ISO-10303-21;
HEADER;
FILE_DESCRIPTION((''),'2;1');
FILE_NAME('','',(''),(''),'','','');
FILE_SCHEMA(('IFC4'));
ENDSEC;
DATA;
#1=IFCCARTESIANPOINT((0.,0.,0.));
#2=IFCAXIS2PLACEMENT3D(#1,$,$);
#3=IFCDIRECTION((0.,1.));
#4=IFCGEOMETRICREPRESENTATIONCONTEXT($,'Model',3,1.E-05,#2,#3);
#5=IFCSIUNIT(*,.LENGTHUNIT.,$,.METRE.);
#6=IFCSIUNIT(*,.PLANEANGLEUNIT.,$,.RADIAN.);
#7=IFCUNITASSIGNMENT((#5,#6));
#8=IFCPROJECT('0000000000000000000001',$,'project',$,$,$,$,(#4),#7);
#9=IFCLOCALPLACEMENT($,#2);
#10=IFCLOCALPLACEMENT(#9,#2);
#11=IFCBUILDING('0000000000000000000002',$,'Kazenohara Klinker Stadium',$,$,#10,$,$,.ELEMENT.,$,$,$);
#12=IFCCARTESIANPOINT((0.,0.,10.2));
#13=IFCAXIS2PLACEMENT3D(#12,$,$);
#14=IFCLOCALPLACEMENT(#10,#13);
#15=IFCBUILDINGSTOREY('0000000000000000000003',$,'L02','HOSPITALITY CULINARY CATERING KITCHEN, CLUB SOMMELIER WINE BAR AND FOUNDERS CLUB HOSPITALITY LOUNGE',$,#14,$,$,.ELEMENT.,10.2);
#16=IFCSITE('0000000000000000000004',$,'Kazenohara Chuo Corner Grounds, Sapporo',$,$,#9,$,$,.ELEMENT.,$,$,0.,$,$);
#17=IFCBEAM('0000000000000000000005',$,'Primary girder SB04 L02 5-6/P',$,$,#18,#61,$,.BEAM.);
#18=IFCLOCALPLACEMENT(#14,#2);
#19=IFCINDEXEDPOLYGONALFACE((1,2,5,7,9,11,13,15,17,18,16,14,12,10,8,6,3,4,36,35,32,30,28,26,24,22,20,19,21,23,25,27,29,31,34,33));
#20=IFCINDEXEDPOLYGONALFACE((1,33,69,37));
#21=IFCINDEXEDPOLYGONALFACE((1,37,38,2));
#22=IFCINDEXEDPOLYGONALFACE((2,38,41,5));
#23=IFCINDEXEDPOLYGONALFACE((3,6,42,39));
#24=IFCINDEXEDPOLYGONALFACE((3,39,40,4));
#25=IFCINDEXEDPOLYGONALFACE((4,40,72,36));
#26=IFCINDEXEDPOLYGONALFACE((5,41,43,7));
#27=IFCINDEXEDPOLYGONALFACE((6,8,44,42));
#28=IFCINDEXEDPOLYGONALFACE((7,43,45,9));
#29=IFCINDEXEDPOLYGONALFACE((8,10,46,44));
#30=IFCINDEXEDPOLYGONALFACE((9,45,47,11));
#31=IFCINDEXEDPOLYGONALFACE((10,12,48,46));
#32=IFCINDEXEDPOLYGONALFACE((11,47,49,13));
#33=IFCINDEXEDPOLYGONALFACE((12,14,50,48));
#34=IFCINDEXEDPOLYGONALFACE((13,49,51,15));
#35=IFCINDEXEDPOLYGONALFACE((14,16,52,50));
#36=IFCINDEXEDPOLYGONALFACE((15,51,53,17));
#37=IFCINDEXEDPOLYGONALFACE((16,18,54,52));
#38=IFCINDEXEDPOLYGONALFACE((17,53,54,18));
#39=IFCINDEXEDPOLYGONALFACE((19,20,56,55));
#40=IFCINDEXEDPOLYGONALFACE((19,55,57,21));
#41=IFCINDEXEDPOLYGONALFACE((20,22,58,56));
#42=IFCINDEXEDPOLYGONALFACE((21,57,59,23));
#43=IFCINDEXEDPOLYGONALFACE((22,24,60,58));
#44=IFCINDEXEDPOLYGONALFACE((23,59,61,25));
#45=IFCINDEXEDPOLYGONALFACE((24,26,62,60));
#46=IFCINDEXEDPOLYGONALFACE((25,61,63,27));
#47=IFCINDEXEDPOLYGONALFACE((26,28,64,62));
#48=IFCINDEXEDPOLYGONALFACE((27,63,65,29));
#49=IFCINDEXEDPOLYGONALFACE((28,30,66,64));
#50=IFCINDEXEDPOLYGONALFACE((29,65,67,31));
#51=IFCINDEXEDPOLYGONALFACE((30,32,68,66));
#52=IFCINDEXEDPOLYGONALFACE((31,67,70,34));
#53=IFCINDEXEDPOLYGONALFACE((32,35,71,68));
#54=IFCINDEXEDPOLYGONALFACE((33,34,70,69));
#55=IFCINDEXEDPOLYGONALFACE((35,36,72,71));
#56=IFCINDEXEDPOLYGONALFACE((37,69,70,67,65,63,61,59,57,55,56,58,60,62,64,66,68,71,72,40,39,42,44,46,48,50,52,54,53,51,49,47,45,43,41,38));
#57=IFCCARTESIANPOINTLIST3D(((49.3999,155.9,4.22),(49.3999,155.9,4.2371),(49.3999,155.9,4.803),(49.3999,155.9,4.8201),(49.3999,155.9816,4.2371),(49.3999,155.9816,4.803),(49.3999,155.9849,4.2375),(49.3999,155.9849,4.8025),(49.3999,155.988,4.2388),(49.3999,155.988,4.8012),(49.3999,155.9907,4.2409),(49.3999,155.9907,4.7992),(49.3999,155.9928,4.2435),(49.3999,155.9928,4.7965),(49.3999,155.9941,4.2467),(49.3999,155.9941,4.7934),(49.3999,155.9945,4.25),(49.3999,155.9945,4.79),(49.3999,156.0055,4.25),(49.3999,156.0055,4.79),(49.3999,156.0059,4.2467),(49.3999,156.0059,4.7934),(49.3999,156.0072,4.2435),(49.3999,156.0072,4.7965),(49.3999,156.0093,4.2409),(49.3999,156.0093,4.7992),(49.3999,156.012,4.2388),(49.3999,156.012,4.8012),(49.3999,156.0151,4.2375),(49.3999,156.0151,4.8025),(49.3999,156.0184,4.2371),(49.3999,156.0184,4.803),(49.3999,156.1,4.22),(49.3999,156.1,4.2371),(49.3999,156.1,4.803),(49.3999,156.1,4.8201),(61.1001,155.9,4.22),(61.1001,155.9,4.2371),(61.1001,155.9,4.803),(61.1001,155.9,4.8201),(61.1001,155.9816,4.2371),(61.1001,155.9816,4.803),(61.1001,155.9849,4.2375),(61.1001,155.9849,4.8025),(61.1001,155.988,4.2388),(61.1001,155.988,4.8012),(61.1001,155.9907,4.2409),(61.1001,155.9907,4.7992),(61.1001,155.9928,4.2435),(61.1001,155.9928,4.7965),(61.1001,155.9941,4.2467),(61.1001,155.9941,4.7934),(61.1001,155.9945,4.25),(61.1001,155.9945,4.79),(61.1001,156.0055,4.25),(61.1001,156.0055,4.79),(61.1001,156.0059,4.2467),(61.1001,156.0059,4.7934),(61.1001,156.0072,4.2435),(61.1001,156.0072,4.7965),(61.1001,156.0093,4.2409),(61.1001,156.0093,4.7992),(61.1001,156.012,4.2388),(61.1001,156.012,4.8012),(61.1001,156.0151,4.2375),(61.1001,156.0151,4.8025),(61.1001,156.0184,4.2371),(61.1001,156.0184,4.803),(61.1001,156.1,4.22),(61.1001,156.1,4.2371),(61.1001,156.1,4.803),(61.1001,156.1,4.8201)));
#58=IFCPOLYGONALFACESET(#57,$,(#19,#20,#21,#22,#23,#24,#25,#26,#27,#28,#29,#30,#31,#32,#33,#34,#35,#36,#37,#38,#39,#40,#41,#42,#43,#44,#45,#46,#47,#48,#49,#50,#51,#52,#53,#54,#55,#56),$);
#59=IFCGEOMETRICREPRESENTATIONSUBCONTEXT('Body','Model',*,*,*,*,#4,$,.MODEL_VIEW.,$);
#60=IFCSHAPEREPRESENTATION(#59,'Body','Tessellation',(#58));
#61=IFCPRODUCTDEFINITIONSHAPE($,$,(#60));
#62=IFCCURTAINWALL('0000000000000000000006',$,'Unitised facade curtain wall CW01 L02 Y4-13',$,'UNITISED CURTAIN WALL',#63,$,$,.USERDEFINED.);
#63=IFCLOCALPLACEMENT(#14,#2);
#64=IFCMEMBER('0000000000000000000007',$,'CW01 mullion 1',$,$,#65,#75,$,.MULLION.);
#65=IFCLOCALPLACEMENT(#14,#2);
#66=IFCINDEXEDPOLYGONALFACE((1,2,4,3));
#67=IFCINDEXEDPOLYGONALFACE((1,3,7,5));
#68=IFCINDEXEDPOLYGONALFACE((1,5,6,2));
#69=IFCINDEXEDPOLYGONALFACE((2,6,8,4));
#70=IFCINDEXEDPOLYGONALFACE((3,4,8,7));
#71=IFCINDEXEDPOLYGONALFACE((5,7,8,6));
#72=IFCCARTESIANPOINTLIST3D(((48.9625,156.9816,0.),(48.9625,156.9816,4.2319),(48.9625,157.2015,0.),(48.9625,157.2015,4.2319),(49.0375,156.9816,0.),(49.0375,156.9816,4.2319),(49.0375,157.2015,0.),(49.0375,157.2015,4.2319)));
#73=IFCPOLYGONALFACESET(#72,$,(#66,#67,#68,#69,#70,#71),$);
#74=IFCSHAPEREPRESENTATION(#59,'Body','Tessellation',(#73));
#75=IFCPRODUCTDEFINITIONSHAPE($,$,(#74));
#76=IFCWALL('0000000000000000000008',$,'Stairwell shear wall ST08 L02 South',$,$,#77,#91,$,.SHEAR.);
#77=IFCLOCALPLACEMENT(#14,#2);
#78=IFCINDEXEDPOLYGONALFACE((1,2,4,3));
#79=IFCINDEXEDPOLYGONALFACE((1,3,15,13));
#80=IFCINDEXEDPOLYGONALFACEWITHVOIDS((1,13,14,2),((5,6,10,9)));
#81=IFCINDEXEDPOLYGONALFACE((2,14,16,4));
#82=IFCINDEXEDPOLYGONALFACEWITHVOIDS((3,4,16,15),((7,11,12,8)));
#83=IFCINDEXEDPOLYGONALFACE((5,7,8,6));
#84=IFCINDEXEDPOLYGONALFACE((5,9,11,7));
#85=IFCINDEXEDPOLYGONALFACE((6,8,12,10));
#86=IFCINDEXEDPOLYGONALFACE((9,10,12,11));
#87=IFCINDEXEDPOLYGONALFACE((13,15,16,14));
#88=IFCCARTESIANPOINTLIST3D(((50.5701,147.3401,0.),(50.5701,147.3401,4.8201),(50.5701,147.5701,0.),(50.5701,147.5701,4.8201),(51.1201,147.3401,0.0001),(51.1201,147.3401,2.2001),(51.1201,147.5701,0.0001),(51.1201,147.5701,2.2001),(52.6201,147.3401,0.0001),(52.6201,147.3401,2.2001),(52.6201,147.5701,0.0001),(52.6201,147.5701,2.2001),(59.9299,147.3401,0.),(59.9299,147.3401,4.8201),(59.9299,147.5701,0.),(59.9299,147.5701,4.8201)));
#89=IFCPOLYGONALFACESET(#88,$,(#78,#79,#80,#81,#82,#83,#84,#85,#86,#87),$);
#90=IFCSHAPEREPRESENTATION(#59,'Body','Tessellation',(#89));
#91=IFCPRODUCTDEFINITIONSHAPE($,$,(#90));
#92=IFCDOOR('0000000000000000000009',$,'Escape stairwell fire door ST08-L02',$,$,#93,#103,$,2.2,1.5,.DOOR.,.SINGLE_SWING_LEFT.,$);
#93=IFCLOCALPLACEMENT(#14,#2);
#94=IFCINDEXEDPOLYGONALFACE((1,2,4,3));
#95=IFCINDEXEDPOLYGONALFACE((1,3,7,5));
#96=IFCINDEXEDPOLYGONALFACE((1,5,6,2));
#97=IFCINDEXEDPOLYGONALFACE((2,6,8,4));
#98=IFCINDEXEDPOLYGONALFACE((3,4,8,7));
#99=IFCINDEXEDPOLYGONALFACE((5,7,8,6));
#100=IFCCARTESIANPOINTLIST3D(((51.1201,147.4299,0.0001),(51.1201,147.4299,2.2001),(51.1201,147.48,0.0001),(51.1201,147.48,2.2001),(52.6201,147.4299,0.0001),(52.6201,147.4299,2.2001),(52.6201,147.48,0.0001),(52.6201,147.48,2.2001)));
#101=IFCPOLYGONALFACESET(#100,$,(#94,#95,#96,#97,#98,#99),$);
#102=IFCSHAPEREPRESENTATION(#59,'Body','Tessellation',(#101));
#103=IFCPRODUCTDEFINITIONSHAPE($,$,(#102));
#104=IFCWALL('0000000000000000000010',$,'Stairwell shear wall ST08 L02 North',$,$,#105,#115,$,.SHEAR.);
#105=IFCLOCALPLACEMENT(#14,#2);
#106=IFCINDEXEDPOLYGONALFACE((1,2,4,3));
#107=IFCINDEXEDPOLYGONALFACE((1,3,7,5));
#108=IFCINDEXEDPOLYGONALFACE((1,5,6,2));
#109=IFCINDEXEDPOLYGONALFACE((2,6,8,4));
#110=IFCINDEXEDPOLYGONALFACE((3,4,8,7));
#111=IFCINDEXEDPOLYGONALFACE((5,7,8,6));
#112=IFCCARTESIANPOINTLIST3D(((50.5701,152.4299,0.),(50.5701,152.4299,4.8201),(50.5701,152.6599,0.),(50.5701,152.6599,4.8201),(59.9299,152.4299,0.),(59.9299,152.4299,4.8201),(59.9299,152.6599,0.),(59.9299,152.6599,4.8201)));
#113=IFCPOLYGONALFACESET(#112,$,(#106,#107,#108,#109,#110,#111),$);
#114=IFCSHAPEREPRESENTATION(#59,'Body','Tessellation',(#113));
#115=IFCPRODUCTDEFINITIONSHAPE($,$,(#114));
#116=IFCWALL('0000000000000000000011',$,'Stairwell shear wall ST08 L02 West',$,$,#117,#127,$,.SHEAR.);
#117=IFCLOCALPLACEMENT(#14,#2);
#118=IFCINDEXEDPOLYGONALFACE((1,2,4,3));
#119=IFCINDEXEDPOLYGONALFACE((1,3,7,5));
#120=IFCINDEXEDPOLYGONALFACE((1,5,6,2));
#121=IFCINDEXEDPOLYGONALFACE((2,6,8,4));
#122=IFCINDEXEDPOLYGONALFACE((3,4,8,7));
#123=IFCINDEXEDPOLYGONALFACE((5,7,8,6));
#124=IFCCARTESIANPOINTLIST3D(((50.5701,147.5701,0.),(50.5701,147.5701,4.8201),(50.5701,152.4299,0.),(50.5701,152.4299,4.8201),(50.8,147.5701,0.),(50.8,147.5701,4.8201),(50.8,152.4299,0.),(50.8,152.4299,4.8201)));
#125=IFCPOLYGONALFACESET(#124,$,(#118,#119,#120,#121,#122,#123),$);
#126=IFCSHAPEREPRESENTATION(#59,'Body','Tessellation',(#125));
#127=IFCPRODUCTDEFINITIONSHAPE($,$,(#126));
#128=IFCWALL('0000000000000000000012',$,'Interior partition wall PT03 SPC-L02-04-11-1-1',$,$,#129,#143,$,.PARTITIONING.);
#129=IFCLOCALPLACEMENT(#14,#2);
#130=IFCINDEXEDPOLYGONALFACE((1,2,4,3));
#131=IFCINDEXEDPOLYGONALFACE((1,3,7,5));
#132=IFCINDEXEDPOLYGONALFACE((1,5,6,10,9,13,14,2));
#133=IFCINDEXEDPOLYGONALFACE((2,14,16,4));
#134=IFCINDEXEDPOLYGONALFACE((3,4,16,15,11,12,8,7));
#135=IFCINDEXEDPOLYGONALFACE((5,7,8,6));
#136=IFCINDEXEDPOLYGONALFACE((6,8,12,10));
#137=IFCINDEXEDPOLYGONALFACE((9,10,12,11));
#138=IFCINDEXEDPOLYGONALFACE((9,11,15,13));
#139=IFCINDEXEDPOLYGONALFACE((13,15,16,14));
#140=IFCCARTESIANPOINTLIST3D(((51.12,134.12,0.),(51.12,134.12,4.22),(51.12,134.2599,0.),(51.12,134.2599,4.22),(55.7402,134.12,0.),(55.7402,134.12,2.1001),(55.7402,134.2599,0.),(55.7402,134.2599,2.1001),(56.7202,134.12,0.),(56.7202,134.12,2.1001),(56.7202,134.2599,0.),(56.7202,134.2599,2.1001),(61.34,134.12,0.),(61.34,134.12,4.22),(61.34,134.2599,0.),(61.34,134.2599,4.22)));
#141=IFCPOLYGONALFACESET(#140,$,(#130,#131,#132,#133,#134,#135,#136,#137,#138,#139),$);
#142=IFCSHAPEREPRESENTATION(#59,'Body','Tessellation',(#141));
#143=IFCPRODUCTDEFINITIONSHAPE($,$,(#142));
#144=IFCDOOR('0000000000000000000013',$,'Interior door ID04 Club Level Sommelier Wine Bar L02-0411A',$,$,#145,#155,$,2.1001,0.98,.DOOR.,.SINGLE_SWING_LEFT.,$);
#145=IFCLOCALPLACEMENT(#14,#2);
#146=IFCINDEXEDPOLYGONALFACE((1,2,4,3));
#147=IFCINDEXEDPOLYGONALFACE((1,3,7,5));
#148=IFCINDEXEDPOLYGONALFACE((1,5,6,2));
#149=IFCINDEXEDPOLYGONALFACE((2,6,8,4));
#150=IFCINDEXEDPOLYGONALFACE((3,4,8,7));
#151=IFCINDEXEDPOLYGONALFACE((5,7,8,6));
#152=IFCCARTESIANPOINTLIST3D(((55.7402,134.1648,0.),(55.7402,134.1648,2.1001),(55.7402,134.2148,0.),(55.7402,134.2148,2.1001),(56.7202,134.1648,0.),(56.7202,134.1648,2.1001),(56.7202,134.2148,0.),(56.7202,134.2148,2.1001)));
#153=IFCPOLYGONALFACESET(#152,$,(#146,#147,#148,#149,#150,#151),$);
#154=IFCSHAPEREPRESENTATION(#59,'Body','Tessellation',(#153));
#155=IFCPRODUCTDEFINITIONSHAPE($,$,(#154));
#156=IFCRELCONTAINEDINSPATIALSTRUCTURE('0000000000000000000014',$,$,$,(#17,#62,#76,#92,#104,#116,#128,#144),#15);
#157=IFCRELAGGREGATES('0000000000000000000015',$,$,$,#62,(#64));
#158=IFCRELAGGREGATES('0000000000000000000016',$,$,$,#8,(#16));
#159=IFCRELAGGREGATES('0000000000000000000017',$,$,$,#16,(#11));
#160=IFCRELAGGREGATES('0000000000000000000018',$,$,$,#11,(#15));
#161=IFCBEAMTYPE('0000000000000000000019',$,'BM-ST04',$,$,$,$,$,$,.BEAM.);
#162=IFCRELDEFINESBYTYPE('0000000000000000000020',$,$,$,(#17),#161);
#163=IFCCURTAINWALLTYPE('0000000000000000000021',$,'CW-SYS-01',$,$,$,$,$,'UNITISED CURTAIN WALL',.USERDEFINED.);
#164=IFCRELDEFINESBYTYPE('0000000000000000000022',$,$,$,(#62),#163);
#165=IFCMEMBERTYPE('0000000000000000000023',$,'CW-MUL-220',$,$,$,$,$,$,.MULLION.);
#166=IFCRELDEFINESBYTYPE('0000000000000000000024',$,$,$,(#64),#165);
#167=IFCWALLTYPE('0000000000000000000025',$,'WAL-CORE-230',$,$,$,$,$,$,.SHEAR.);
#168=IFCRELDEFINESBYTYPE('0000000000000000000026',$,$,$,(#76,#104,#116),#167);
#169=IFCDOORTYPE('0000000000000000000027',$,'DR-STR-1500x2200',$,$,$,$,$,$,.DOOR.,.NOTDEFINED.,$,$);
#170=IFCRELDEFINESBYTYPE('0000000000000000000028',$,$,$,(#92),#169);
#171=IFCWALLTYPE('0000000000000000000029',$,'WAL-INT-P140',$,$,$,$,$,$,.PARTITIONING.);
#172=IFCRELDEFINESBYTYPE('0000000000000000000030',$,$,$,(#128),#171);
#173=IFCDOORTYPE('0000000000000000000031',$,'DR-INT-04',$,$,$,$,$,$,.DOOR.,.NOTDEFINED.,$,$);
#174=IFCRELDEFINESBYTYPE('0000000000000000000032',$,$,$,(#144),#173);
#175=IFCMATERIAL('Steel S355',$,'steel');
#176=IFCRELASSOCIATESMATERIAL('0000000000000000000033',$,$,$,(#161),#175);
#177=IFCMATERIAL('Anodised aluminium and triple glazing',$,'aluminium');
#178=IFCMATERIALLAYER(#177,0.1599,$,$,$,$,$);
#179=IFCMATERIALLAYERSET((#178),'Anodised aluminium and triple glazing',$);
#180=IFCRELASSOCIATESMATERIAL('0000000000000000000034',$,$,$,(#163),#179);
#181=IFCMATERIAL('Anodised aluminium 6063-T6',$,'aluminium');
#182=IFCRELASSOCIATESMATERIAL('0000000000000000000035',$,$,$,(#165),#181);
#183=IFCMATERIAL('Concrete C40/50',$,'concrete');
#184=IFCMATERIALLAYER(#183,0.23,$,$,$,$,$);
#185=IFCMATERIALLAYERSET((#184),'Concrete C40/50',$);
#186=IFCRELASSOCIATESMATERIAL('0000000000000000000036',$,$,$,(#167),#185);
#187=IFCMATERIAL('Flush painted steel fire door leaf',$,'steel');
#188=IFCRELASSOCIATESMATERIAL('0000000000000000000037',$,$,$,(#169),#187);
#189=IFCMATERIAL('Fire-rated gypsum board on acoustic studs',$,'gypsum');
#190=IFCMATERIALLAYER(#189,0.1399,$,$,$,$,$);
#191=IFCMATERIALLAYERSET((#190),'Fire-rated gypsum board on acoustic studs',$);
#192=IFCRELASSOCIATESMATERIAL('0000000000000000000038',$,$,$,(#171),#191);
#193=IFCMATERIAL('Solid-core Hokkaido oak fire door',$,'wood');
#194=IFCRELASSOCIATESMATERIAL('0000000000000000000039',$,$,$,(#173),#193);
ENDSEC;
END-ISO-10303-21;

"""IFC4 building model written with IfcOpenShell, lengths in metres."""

from ifc_helpers import new_model, si_unit, direction, frame, frame_2d, origin, origin_2d, place, context, subcontext, project, spatial, rectangle, i_section, extrude, material, layer, layer_set, material_profile, profile_set, type_object, element, fill, aggregate, save


model = new_model("IFC4")

# Units and contexts
model_context = context("Model", 3, precision=1e-05, world=origin(), true_north=direction((0.0, 1.0)))
body_context = subcontext(model_context, "Body", "Model", "MODEL_VIEW")
ifc_project = project(units=[si_unit("LENGTHUNIT", "METRE"), si_unit("PLANEANGLEUNIT", "RADIAN")], contexts=[model_context])

# Site, building, storey
site_placement = place(None, origin())
site = spatial("IfcSite", under=ifc_project, at=site_placement, Name="Kazenohara Chuo Corner Grounds, Sapporo", CompositionType="ELEMENT", RefElevation=0.0)
building_placement = place(site_placement, origin())
building = spatial("IfcBuilding", under=site, at=building_placement, Name="Kazenohara Klinker Stadium", CompositionType="ELEMENT")
storey_placement = place(building_placement, frame((0.0, 0.0, 10.2)))
storey = spatial("IfcBuildingStorey", under=building, at=storey_placement, Name="L02", Description="HOSPITALITY CULINARY CATERING KITCHEN, CLUB SOMMELIER WINE BAR AND FOUNDERS CLUB HOSPITALITY LOUNGE", CompositionType="ELEMENT", Elevation=10.2)

# Beam
ifc_material_1 = material(Name="Steel S355", Category="steel")
ifc_material_profile_1 = material_profile(ifc_material_1, i_section(OverallWidth=0.2, OverallDepth=0.6001, WebThickness=0.011, FlangeThickness=0.0171, FilletRadius=0.0129, at=origin_2d()), Name="H-600x200x11x17")
ifc_profile_set_1 = profile_set([ifc_material_profile_1], Name="Steel S355")
beam_type_1 = type_object("IfcBeamType", Name="BM-ST04", PredefinedType="BEAM", material=ifc_profile_set_1)
beam_1_placement = place(storey_placement, frame((49.3999, 156.0, 4.52), z_axis=(1.0, 0.0, 0.0), x_axis=(0.0, 1.0, 0.0)))
element("IfcBeam", 1, at=beam_1_placement, inside=storey, type_object=beam_type_1, Name="Primary girder SB04 L02 5-6/P", PredefinedType="BEAM", context=body_context, shape_type="SweptSolid", body=[
    extrude(i_section(OverallWidth=0.2, OverallDepth=0.6001, WebThickness=0.011, FlangeThickness=0.0171, FilletRadius=0.0129, at=origin_2d()), origin(), (0.0, 0.0, 1.0), 11.7002),
])

# Curtain wall, member
ifc_material_2 = material(Name="Anodised aluminium and triple glazing", Category="aluminium")
ifc_layer_1 = layer(ifc_material_2, 0.1599)
ifc_layer_set_1 = layer_set([ifc_layer_1], Name="Anodised aluminium and triple glazing")
curtain_wall_type = type_object("IfcCurtainWallType", Name="CW-SYS-01", ElementType="UNITISED CURTAIN WALL", PredefinedType="USERDEFINED", material=ifc_layer_set_1)
curtain_wall_placement = place(storey_placement, origin())
curtain_wall = element("IfcCurtainWall", 2, at=curtain_wall_placement, inside=storey, type_object=curtain_wall_type, Name="Unitised facade curtain wall CW01 L02 Y4-13", ObjectType="UNITISED CURTAIN WALL", PredefinedType="USERDEFINED")
ifc_material_3 = material(Name="Anodised aluminium 6063-T6", Category="aluminium")
ifc_material_profile_2 = material_profile(ifc_material_3, rectangle(XDim=0.075, YDim=0.22, at=origin_2d()), Name="ALU-MUL-75x220")
ifc_profile_set_2 = profile_set([ifc_material_profile_2], Name="Anodised aluminium 6063-T6")
member_type = type_object("IfcMemberType", Name="CW-MUL-220", PredefinedType="MULLION", material=ifc_profile_set_2)
member_placement = place(storey_placement, frame((49.0, 157.0916, 0.0), z_axis=(0.0, 0.0, 1.0), x_axis=(-1.0, 0.0, 0.0)))
member = element("IfcMember", 3, at=member_placement, type_object=member_type, Name="CW01 mullion 1", PredefinedType="MULLION", context=body_context, shape_type="SweptSolid", body=[
    extrude(rectangle(XDim=0.075, YDim=0.22, at=origin_2d()), origin(), (0.0, 0.0, 1.0), 4.2319),
])
aggregate(curtain_wall, [member])

# Wall, opening, door
ifc_material_4 = material(Name="Concrete C40/50", Category="concrete")
ifc_layer_2 = layer(ifc_material_4, 0.23)
ifc_layer_set_2 = layer_set([ifc_layer_2], Name="Concrete C40/50")
wall_type_1 = type_object("IfcWallType", Name="WAL-CORE-230", PredefinedType="SHEAR", material=ifc_layer_set_2)
wall_1_placement = place(storey_placement, frame((50.5701, 147.4551, 0.0), z_axis=(0.0, 0.0, 1.0), x_axis=(1.0, 0.0, 0.0)))
wall_1 = element("IfcWall", 4, at=wall_1_placement, inside=storey, type_object=wall_type_1, Name="Stairwell shear wall ST08 L02 South", PredefinedType="SHEAR", context=body_context, shape_type="SweptSolid", body=[
    extrude(rectangle(XDim=9.3599, YDim=0.23, at=frame_2d((4.6799, 0.0))), origin(), (0.0, 0.0, 1.0), 4.8201),
])
opening_1_placement = place(wall_1_placement, frame((0.55, 0.0, 0.0)))
opening_1 = element("IfcOpeningElement", 5, at=opening_1_placement, cuts=wall_1, PredefinedType="OPENING", context=body_context, shape_type="SweptSolid", body=[
    extrude(rectangle(XDim=1.5, YDim=2.2, at=frame_2d((0.75, 1.1001))), frame((0.0, 0.125, 0.0), z_axis=(0.0, -1.0, 0.0), x_axis=(1.0, 0.0, 0.0)), (0.0, 0.0, 1.0), 0.25),
])
ifc_material_5 = material(Name="Flush painted steel fire door leaf", Category="steel")
door_type_1 = type_object("IfcDoorType", Name="DR-STR-1500x2200", OperationType="NOTDEFINED", PredefinedType="DOOR", material=ifc_material_5)
door_1_placement = place(opening_1_placement, origin())
door_1 = element("IfcDoor", 6, at=door_1_placement, inside=storey, type_object=door_type_1, Name="Escape stairwell fire door ST08-L02", OperationType="SINGLE_SWING_LEFT", OverallHeight=2.2, OverallWidth=1.5, PredefinedType="DOOR", context=body_context, shape_type="SweptSolid", body=[
    extrude(rectangle(XDim=1.5, YDim=2.2, at=frame_2d((0.75, 1.1001))), frame((0.0, 0.0249, 0.0), z_axis=(0.0, -1.0, 0.0), x_axis=(1.0, 0.0, 0.0)), (0.0, 0.0, 1.0), 0.05),
])
fill(opening_1, door_1)

# Walls
wall_2_placement = place(storey_placement, frame((50.5701, 152.5449, 0.0), z_axis=(0.0, 0.0, 1.0), x_axis=(1.0, 0.0, 0.0)))
element("IfcWall", 7, at=wall_2_placement, inside=storey, type_object=wall_type_1, Name="Stairwell shear wall ST08 L02 North", PredefinedType="SHEAR", context=body_context, shape_type="SweptSolid", body=[
    extrude(rectangle(XDim=9.3599, YDim=0.23, at=frame_2d((4.6799, 0.0))), origin(), (0.0, 0.0, 1.0), 4.8201),
])
wall_3_placement = place(storey_placement, frame((50.6851, 147.5701, 0.0), z_axis=(0.0, 0.0, 1.0), x_axis=(0.0, 1.0, 0.0)))
element("IfcWall", 8, at=wall_3_placement, inside=storey, type_object=wall_type_1, Name="Stairwell shear wall ST08 L02 West", PredefinedType="SHEAR", context=body_context, shape_type="SweptSolid", body=[
    extrude(rectangle(XDim=4.8599, YDim=0.23, at=frame_2d((2.4299, 0.0))), origin(), (0.0, 0.0, 1.0), 4.8201),
])

# Wall, opening, door
ifc_material_6 = material(Name="Fire-rated gypsum board on acoustic studs", Category="gypsum")
ifc_layer_3 = layer(ifc_material_6, 0.1399)
ifc_layer_set_3 = layer_set([ifc_layer_3], Name="Fire-rated gypsum board on acoustic studs")
wall_type_2 = type_object("IfcWallType", Name="WAL-INT-P140", PredefinedType="PARTITIONING", material=ifc_layer_set_3)
wall_4_placement = place(storey_placement, frame((51.1201, 134.1899, 0.0), z_axis=(0.0, 0.0, 1.0), x_axis=(1.0, 0.0, 0.0)))
wall_4 = element("IfcWall", 9, at=wall_4_placement, inside=storey, type_object=wall_type_2, Name="Interior partition wall PT03 SPC-L02-04-11-1-1", PredefinedType="PARTITIONING", context=body_context, shape_type="SweptSolid", body=[
    extrude(rectangle(XDim=10.22, YDim=0.1399, at=frame_2d((5.1099, 0.0))), origin(), (0.0, 0.0, 1.0), 4.22),
])
opening_2_placement = place(wall_4_placement, frame((4.6201, 0.0, 0.0)))
opening_2 = element("IfcOpeningElement", 10, at=opening_2_placement, cuts=wall_4, PredefinedType="OPENING", context=body_context, shape_type="SweptSolid", body=[
    extrude(rectangle(XDim=0.98, YDim=2.1001, at=frame_2d((0.49, 1.05))), frame((0.0, 0.0801, 0.0), z_axis=(0.0, -1.0, 0.0), x_axis=(1.0, 0.0, 0.0)), (0.0, 0.0, 1.0), 0.1599),
])
ifc_material_7 = material(Name="Solid-core Hokkaido oak fire door", Category="wood")
door_type_2 = type_object("IfcDoorType", Name="DR-INT-04", OperationType="NOTDEFINED", PredefinedType="DOOR", material=ifc_material_7)
door_2_placement = place(opening_2_placement, origin())
door_2 = element("IfcDoor", 11, at=door_2_placement, inside=storey, type_object=door_type_2, Name="Interior door ID04 Club Level Sommelier Wine Bar L02-0411A", OperationType="SINGLE_SWING_LEFT", OverallHeight=2.1001, OverallWidth=0.98, PredefinedType="DOOR", context=body_context, shape_type="SweptSolid", body=[
    extrude(rectangle(XDim=0.98, YDim=2.1001, at=frame_2d((0.49, 1.05))), frame((0.0, 0.0249, 0.0), z_axis=(0.0, -1.0, 0.0), x_axis=(1.0, 0.0, 0.0)), (0.0, 0.0, 1.0), 0.05),
])
fill(opening_2, door_2)

save(model, "model.ifc")
